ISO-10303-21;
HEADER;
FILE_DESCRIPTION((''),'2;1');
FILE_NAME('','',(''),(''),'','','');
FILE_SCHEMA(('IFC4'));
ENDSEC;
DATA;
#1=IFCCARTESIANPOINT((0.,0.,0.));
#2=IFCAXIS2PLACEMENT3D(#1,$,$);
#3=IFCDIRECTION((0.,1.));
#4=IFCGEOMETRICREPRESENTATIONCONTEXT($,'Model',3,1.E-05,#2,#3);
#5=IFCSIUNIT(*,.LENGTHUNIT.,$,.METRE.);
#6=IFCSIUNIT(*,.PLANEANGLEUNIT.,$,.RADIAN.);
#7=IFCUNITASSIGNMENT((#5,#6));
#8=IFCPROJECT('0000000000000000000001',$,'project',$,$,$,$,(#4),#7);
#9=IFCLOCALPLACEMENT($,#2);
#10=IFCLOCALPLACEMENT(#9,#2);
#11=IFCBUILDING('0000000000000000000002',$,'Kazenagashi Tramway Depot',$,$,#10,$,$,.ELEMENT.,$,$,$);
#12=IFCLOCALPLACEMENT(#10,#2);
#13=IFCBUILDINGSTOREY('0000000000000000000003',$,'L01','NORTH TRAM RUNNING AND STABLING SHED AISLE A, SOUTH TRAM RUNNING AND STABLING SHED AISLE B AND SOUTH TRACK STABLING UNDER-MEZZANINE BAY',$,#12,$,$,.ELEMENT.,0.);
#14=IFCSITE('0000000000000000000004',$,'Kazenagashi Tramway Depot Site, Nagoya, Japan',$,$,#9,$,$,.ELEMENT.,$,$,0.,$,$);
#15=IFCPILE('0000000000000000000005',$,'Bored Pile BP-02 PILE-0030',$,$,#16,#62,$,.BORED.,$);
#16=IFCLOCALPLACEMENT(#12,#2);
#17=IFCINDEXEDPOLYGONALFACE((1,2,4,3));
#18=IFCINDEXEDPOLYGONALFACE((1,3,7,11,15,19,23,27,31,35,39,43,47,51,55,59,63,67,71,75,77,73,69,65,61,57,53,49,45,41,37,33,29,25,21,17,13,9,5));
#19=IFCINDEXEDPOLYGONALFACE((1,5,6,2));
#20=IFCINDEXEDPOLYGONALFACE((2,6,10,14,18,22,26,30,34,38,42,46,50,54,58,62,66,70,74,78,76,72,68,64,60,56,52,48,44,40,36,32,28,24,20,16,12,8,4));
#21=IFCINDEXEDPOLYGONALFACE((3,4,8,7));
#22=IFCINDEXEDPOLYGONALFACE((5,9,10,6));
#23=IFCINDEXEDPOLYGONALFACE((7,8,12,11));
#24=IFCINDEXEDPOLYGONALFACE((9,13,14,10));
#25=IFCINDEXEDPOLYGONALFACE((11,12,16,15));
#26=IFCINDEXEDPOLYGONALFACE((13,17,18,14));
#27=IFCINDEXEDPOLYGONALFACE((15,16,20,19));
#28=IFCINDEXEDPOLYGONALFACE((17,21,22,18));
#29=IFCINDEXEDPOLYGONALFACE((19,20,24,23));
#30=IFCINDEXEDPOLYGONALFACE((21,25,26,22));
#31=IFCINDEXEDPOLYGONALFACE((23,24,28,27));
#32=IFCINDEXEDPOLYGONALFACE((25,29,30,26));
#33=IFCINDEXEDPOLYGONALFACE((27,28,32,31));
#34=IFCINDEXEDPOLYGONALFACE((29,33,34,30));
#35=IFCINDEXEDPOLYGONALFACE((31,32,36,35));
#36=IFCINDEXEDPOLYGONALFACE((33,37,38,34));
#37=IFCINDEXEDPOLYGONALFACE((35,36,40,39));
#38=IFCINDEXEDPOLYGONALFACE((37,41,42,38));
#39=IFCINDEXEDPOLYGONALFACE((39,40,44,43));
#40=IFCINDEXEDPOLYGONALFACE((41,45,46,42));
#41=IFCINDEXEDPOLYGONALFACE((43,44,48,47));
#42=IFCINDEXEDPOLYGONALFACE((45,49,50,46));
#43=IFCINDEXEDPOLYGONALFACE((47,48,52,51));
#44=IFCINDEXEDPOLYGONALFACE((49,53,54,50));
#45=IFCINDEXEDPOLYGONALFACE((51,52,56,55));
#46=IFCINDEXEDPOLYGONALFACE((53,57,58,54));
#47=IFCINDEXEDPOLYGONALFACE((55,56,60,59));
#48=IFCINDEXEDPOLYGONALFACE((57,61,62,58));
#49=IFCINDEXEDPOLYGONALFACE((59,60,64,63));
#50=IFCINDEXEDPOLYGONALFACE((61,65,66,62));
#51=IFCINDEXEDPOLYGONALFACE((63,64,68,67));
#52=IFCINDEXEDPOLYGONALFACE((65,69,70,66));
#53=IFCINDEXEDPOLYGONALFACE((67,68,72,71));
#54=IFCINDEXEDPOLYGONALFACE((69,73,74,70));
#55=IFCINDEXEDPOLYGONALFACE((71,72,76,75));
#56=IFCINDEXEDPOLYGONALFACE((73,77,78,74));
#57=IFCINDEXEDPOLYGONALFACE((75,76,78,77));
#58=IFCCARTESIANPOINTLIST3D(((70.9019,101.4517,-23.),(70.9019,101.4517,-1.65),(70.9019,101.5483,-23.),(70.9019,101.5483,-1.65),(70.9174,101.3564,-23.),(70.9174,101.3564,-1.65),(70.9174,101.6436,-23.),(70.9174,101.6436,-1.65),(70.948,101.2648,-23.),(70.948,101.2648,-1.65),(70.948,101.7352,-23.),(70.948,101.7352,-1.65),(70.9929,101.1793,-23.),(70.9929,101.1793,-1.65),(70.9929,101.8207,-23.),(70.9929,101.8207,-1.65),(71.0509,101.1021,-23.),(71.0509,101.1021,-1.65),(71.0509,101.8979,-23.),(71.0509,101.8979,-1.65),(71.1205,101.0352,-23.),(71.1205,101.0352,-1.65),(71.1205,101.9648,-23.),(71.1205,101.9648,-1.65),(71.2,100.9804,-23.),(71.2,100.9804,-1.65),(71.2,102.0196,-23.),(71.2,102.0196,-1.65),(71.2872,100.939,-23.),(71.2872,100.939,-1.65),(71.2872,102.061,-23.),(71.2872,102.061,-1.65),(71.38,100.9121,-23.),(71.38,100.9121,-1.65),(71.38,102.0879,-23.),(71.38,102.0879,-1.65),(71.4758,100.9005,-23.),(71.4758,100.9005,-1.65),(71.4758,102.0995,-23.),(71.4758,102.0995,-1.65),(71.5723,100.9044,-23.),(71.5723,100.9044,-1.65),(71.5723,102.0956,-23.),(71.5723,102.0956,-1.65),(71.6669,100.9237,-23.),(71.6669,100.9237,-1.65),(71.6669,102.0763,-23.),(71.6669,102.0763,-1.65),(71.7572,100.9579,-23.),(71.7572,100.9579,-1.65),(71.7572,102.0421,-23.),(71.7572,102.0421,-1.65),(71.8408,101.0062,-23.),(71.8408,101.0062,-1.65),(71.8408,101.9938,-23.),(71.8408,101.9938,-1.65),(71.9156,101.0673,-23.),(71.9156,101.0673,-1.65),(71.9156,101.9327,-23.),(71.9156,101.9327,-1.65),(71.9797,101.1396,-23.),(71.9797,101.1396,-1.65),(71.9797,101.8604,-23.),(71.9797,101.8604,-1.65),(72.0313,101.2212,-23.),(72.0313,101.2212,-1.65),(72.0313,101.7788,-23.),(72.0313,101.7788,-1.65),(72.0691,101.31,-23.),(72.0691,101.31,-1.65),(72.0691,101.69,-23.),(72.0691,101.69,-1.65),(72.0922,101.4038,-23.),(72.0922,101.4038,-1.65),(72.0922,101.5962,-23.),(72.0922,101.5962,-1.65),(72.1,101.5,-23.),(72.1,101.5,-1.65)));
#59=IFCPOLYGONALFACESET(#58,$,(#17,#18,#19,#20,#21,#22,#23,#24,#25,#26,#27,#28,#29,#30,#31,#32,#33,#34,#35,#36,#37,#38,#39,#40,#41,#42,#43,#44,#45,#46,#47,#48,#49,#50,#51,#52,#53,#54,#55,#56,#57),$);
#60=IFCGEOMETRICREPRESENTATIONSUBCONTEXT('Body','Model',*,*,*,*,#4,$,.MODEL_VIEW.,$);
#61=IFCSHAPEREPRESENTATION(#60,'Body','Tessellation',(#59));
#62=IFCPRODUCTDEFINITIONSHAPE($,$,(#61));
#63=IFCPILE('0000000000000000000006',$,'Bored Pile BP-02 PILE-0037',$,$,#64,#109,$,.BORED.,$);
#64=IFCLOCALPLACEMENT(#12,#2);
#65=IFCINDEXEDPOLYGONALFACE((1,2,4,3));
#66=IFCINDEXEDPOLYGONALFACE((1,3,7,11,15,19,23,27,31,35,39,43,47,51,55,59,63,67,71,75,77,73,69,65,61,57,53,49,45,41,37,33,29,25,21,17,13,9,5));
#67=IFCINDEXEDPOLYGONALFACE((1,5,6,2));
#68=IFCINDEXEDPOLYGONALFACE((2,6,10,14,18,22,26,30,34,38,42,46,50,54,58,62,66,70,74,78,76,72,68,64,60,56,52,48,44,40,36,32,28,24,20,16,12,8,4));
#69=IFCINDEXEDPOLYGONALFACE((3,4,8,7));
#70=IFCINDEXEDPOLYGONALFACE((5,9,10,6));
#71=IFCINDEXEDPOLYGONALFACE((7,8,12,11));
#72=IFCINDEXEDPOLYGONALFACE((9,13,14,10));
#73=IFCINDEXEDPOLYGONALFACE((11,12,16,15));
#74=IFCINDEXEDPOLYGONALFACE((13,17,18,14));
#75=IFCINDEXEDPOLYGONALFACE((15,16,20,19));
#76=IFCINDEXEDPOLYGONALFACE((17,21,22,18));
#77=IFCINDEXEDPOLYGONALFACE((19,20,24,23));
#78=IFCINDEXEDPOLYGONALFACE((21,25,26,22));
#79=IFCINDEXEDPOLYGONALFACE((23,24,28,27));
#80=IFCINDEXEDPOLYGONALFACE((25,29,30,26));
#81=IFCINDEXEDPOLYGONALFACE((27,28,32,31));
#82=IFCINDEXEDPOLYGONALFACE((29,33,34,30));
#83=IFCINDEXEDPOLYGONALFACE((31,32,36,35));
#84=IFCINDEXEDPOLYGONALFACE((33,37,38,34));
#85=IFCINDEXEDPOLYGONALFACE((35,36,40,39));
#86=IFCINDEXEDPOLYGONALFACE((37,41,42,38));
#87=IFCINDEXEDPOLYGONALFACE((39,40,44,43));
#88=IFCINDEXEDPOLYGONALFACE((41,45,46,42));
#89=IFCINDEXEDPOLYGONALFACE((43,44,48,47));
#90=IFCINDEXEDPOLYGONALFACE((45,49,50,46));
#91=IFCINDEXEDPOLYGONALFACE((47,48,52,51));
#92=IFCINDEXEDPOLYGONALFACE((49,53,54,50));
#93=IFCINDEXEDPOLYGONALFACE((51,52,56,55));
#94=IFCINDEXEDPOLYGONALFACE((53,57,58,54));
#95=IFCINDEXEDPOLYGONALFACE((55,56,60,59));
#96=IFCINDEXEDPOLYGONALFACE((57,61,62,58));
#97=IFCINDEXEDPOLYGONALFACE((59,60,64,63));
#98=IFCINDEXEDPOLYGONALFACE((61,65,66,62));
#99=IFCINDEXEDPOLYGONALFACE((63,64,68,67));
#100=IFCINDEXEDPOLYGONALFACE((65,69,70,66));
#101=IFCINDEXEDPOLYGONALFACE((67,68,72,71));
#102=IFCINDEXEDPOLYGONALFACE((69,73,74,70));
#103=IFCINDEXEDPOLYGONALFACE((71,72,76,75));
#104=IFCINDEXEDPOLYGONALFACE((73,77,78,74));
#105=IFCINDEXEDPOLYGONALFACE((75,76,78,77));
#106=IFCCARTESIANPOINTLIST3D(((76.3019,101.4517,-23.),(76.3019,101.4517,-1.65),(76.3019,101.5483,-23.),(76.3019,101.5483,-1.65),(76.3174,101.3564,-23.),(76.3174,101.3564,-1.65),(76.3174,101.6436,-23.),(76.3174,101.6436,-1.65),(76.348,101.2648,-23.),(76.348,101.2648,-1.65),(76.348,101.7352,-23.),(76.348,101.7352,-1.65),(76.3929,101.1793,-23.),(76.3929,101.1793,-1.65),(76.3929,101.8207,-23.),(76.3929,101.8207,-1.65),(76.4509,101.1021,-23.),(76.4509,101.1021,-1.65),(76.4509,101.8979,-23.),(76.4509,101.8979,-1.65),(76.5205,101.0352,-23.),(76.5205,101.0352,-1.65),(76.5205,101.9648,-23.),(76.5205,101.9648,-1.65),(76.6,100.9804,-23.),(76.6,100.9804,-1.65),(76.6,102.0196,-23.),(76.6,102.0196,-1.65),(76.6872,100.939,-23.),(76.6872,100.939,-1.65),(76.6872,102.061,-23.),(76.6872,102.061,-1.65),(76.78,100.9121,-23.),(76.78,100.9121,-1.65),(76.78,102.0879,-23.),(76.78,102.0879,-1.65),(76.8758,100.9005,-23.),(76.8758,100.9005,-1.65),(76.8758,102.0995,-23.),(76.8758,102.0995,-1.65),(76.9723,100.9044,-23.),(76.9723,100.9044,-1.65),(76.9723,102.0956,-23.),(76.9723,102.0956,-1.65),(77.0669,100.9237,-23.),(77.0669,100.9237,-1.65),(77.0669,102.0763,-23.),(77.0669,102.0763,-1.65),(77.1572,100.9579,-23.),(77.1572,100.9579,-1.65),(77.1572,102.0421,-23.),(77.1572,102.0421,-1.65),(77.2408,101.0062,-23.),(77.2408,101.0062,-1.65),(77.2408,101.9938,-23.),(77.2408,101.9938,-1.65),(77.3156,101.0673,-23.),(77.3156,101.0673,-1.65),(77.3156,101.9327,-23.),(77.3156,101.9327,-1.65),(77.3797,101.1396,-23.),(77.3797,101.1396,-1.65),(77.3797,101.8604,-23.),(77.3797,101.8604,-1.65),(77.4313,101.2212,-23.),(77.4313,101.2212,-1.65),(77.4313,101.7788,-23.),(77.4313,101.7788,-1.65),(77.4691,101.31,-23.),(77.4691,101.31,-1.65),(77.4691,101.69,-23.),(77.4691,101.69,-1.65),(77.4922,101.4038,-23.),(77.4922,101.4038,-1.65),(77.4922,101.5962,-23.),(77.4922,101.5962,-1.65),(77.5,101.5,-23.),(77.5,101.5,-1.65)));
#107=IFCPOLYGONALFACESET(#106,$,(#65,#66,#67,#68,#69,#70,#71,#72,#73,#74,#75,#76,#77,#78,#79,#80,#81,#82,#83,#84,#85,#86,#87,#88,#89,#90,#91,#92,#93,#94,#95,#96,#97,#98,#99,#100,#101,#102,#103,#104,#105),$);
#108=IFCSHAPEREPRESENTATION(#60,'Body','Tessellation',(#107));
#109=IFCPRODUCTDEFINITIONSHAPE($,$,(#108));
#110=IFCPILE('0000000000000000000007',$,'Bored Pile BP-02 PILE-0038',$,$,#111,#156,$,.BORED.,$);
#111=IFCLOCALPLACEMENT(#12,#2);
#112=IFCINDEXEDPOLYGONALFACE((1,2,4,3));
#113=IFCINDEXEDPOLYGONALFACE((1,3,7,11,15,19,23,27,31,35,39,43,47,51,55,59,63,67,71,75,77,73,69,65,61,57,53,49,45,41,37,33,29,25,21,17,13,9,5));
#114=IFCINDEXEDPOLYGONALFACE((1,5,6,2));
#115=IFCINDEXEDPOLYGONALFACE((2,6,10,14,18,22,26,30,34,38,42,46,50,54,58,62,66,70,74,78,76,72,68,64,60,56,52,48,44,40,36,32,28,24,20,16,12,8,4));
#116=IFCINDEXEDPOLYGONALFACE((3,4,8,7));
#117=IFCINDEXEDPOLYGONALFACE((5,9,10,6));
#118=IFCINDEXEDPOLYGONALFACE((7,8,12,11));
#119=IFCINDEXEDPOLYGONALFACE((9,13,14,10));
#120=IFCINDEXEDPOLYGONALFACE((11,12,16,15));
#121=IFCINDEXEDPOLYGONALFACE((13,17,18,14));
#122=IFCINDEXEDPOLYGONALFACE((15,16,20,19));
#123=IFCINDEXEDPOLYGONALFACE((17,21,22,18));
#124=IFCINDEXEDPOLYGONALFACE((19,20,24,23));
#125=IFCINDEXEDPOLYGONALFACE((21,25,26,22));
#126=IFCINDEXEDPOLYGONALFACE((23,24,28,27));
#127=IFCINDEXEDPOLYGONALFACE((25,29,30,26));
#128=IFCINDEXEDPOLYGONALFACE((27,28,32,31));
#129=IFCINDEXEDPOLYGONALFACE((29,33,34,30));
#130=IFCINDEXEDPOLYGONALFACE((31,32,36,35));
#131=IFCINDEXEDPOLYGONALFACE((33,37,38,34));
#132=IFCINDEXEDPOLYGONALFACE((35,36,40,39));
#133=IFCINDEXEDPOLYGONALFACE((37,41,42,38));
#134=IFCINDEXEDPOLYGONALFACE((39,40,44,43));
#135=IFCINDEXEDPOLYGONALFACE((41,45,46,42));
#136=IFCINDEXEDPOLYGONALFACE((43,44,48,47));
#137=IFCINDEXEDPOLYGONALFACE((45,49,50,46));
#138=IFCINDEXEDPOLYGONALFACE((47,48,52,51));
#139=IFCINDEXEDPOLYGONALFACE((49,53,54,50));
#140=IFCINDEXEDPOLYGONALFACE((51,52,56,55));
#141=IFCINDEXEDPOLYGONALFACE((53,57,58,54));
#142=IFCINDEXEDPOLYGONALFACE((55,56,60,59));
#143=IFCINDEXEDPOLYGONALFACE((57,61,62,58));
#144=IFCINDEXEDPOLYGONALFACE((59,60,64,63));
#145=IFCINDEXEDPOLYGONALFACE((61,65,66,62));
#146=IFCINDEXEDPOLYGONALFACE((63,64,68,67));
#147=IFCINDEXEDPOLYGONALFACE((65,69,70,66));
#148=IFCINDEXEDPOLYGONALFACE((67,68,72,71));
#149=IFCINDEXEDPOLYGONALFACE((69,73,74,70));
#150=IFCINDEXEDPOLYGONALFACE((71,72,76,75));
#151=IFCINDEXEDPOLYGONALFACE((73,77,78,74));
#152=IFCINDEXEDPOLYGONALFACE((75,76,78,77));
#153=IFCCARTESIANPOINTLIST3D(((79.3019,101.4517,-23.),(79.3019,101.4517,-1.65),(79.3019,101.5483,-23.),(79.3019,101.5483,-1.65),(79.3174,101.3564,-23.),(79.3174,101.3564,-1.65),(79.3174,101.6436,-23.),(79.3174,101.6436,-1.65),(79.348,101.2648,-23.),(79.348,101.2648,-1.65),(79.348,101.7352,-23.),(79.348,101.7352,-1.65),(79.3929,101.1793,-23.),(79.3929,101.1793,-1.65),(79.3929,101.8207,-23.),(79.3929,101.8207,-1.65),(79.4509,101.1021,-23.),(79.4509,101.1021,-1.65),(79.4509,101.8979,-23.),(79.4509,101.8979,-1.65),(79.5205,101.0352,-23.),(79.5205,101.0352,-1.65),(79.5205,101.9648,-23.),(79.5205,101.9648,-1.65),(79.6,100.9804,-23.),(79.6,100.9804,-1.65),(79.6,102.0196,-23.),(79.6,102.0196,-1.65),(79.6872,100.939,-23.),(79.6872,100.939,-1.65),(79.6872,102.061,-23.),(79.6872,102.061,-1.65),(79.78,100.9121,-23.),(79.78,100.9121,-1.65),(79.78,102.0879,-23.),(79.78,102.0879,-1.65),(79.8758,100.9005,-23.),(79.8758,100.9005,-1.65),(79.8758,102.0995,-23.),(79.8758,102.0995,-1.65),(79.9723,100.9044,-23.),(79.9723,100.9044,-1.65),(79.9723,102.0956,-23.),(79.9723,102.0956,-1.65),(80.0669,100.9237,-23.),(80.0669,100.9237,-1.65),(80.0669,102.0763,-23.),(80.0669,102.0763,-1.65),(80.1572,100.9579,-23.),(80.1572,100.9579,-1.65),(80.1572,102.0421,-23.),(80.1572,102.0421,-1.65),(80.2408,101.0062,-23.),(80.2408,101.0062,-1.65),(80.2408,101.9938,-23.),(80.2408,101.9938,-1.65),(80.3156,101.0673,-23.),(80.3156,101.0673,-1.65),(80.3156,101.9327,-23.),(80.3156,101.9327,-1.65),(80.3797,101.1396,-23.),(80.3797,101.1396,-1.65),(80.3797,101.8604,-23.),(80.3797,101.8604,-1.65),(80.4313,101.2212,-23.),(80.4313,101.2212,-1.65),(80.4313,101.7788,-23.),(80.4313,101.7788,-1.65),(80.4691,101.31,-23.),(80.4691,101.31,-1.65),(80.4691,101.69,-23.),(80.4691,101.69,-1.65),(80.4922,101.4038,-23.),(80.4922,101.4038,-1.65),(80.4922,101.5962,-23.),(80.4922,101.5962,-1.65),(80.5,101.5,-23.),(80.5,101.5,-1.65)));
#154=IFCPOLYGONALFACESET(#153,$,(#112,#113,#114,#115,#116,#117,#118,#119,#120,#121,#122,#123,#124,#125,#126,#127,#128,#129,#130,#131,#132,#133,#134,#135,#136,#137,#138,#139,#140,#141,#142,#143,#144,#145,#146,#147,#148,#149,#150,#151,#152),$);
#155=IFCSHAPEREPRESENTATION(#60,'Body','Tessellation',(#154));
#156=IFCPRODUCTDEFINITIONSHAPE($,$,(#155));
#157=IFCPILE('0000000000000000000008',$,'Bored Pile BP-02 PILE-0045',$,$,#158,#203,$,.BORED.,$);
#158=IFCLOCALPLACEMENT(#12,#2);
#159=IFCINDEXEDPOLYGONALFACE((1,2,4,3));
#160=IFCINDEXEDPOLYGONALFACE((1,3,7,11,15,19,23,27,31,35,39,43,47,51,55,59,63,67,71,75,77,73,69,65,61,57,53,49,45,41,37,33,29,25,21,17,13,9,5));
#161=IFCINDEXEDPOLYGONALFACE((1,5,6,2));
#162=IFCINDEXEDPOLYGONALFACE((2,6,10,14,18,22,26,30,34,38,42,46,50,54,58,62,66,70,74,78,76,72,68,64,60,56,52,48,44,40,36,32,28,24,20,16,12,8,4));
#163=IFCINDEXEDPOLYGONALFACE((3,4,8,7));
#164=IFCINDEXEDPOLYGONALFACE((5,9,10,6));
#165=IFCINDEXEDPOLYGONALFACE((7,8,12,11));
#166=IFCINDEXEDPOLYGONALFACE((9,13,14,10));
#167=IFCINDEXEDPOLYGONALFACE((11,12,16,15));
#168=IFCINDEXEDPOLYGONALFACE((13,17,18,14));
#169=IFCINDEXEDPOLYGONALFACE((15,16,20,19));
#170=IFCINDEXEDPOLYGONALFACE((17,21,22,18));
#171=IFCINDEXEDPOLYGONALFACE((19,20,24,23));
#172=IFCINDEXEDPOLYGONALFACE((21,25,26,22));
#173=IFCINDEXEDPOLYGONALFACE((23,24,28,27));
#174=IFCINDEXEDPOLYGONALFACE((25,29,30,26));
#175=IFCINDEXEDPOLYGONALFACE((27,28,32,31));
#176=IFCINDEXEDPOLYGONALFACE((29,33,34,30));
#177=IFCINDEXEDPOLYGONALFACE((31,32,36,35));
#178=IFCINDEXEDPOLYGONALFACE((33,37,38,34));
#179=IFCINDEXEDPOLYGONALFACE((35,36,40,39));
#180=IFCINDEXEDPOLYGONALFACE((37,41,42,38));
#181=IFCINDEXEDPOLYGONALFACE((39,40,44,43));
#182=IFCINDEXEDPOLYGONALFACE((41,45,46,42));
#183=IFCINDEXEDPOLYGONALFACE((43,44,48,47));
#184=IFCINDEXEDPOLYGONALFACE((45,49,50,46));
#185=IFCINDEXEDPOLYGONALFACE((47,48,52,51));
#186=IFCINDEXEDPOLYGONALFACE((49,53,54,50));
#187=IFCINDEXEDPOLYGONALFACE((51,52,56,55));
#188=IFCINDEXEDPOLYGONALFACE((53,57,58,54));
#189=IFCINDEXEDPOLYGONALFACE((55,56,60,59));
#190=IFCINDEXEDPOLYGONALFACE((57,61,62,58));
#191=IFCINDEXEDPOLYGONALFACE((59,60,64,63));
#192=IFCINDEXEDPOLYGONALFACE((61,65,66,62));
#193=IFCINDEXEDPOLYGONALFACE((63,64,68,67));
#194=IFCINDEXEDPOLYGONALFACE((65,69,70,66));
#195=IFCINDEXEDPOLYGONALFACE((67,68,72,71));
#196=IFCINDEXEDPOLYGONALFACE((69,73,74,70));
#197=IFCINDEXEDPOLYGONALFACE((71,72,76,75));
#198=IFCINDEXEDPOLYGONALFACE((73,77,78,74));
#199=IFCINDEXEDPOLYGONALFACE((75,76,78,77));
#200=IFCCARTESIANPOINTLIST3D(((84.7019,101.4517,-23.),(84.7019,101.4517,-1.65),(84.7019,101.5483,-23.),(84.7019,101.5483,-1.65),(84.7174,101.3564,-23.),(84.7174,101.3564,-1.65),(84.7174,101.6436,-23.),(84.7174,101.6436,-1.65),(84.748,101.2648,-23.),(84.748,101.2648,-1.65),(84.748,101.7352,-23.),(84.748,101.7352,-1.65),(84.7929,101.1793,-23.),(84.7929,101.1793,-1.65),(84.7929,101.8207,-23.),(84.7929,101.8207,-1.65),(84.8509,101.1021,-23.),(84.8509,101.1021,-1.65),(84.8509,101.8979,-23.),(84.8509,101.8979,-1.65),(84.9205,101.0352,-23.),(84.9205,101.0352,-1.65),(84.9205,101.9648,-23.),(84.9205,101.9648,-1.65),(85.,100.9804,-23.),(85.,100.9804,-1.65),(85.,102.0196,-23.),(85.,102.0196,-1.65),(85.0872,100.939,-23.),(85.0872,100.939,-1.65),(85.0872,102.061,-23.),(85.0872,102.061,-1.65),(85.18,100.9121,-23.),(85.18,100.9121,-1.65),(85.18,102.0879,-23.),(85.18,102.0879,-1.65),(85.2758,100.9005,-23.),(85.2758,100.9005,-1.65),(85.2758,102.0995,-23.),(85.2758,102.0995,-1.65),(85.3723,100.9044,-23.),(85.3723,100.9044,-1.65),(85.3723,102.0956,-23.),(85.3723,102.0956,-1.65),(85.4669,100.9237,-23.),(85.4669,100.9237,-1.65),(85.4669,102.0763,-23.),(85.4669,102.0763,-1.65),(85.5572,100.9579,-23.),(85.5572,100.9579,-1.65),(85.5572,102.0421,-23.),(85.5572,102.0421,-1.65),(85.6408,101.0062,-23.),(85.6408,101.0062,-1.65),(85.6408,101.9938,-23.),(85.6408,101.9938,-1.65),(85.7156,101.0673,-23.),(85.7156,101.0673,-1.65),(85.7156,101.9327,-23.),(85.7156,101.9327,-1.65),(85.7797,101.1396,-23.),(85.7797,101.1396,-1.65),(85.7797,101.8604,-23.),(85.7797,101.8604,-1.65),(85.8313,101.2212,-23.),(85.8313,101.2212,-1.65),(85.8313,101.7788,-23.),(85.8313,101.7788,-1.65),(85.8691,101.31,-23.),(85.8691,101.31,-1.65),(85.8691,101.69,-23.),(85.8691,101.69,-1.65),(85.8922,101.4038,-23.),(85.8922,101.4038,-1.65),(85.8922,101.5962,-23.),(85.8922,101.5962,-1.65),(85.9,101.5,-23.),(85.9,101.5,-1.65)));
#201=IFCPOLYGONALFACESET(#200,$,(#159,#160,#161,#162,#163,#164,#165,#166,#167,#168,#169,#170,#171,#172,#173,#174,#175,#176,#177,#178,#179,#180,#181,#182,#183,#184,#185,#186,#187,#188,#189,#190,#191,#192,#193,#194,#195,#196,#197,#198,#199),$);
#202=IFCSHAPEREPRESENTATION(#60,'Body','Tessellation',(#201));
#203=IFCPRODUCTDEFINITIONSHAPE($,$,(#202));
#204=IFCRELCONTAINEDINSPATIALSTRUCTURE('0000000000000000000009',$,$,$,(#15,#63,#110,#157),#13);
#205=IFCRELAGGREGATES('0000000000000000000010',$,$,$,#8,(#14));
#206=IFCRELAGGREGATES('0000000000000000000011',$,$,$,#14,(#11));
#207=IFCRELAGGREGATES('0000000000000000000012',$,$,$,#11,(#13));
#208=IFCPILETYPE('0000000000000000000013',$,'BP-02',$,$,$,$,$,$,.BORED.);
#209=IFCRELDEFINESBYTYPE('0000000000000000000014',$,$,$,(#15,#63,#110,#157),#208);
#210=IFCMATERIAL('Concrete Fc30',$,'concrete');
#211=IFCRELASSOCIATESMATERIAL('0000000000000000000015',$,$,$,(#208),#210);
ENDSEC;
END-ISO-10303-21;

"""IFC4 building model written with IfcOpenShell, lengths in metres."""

from ifc_helpers import new_model, si_unit, direction, frame, origin, origin_2d, place, context, subcontext, project, spatial, circle, extrude, material, material_profile, profile_set, type_object, element, save


model = new_model("IFC4")

# Units and contexts
model_context = context("Model", 3, precision=1e-05, world=origin(), true_north=direction((0.0, 1.0)))
body_context = subcontext(model_context, "Body", "Model", "MODEL_VIEW")
ifc_project = project(units=[si_unit("LENGTHUNIT", "METRE"), si_unit("PLANEANGLEUNIT", "RADIAN")], contexts=[model_context])

# Site, building, storey
site_placement = place(None, origin())
site = spatial("IfcSite", under=ifc_project, at=site_placement, Name="Kazenagashi Tramway Depot Site, Nagoya, Japan", CompositionType="ELEMENT", RefElevation=0.0)
building_placement = place(site_placement, origin())
building = spatial("IfcBuilding", under=site, at=building_placement, Name="Kazenagashi Tramway Depot", CompositionType="ELEMENT")
storey_placement = place(building_placement, origin())
storey = spatial("IfcBuildingStorey", under=building, at=storey_placement, Name="L01", Description="NORTH TRAM RUNNING AND STABLING SHED AISLE A, SOUTH TRAM RUNNING AND STABLING SHED AISLE B AND SOUTH TRACK STABLING UNDER-MEZZANINE BAY", CompositionType="ELEMENT", Elevation=0.0)

# Piles
ifc_material_1 = material(Name="Concrete Fc30", Category="concrete")
ifc_material_profile_1 = material_profile(ifc_material_1, circle(Radius=0.6, at=origin_2d()), Name="PILE-1200")
ifc_profile_set_1 = profile_set([ifc_material_profile_1], Name="Concrete Fc30")
pile_type_1 = type_object("IfcPileType", Name="BP-02", PredefinedType="BORED", material=ifc_profile_set_1)
for number, where, z_axis, x_axis, name in (
    (1, (71.5, 101.5, -1.65), (0.0, 0.0, -1.0), (1.0, 0.0, 0.0), "Bored Pile BP-02 PILE-0030"),
    (2, (76.9, 101.5, -1.65), (0.0, 0.0, -1.0), (1.0, 0.0, 0.0), "Bored Pile BP-02 PILE-0037"),
    (3, (79.9, 101.5, -1.65), (0.0, 0.0, -1.0), (1.0, 0.0, 0.0), "Bored Pile BP-02 PILE-0038"),
    (4, (85.3, 101.5, -1.65), (0.0, 0.0, -1.0), (1.0, 0.0, 0.0), "Bored Pile BP-02 PILE-0045"),
):
    element("IfcPile", number, at=place(storey_placement, frame(where, z_axis=z_axis, x_axis=x_axis)), inside=storey, type_object=pile_type_1, Name=name, PredefinedType="BORED", context=body_context, shape_type="SweptSolid", body=[
        extrude(circle(Radius=0.6, at=origin_2d()), origin(), (0.0, 0.0, 1.0), 21.35),
    ])

save(model, "model.ifc")
